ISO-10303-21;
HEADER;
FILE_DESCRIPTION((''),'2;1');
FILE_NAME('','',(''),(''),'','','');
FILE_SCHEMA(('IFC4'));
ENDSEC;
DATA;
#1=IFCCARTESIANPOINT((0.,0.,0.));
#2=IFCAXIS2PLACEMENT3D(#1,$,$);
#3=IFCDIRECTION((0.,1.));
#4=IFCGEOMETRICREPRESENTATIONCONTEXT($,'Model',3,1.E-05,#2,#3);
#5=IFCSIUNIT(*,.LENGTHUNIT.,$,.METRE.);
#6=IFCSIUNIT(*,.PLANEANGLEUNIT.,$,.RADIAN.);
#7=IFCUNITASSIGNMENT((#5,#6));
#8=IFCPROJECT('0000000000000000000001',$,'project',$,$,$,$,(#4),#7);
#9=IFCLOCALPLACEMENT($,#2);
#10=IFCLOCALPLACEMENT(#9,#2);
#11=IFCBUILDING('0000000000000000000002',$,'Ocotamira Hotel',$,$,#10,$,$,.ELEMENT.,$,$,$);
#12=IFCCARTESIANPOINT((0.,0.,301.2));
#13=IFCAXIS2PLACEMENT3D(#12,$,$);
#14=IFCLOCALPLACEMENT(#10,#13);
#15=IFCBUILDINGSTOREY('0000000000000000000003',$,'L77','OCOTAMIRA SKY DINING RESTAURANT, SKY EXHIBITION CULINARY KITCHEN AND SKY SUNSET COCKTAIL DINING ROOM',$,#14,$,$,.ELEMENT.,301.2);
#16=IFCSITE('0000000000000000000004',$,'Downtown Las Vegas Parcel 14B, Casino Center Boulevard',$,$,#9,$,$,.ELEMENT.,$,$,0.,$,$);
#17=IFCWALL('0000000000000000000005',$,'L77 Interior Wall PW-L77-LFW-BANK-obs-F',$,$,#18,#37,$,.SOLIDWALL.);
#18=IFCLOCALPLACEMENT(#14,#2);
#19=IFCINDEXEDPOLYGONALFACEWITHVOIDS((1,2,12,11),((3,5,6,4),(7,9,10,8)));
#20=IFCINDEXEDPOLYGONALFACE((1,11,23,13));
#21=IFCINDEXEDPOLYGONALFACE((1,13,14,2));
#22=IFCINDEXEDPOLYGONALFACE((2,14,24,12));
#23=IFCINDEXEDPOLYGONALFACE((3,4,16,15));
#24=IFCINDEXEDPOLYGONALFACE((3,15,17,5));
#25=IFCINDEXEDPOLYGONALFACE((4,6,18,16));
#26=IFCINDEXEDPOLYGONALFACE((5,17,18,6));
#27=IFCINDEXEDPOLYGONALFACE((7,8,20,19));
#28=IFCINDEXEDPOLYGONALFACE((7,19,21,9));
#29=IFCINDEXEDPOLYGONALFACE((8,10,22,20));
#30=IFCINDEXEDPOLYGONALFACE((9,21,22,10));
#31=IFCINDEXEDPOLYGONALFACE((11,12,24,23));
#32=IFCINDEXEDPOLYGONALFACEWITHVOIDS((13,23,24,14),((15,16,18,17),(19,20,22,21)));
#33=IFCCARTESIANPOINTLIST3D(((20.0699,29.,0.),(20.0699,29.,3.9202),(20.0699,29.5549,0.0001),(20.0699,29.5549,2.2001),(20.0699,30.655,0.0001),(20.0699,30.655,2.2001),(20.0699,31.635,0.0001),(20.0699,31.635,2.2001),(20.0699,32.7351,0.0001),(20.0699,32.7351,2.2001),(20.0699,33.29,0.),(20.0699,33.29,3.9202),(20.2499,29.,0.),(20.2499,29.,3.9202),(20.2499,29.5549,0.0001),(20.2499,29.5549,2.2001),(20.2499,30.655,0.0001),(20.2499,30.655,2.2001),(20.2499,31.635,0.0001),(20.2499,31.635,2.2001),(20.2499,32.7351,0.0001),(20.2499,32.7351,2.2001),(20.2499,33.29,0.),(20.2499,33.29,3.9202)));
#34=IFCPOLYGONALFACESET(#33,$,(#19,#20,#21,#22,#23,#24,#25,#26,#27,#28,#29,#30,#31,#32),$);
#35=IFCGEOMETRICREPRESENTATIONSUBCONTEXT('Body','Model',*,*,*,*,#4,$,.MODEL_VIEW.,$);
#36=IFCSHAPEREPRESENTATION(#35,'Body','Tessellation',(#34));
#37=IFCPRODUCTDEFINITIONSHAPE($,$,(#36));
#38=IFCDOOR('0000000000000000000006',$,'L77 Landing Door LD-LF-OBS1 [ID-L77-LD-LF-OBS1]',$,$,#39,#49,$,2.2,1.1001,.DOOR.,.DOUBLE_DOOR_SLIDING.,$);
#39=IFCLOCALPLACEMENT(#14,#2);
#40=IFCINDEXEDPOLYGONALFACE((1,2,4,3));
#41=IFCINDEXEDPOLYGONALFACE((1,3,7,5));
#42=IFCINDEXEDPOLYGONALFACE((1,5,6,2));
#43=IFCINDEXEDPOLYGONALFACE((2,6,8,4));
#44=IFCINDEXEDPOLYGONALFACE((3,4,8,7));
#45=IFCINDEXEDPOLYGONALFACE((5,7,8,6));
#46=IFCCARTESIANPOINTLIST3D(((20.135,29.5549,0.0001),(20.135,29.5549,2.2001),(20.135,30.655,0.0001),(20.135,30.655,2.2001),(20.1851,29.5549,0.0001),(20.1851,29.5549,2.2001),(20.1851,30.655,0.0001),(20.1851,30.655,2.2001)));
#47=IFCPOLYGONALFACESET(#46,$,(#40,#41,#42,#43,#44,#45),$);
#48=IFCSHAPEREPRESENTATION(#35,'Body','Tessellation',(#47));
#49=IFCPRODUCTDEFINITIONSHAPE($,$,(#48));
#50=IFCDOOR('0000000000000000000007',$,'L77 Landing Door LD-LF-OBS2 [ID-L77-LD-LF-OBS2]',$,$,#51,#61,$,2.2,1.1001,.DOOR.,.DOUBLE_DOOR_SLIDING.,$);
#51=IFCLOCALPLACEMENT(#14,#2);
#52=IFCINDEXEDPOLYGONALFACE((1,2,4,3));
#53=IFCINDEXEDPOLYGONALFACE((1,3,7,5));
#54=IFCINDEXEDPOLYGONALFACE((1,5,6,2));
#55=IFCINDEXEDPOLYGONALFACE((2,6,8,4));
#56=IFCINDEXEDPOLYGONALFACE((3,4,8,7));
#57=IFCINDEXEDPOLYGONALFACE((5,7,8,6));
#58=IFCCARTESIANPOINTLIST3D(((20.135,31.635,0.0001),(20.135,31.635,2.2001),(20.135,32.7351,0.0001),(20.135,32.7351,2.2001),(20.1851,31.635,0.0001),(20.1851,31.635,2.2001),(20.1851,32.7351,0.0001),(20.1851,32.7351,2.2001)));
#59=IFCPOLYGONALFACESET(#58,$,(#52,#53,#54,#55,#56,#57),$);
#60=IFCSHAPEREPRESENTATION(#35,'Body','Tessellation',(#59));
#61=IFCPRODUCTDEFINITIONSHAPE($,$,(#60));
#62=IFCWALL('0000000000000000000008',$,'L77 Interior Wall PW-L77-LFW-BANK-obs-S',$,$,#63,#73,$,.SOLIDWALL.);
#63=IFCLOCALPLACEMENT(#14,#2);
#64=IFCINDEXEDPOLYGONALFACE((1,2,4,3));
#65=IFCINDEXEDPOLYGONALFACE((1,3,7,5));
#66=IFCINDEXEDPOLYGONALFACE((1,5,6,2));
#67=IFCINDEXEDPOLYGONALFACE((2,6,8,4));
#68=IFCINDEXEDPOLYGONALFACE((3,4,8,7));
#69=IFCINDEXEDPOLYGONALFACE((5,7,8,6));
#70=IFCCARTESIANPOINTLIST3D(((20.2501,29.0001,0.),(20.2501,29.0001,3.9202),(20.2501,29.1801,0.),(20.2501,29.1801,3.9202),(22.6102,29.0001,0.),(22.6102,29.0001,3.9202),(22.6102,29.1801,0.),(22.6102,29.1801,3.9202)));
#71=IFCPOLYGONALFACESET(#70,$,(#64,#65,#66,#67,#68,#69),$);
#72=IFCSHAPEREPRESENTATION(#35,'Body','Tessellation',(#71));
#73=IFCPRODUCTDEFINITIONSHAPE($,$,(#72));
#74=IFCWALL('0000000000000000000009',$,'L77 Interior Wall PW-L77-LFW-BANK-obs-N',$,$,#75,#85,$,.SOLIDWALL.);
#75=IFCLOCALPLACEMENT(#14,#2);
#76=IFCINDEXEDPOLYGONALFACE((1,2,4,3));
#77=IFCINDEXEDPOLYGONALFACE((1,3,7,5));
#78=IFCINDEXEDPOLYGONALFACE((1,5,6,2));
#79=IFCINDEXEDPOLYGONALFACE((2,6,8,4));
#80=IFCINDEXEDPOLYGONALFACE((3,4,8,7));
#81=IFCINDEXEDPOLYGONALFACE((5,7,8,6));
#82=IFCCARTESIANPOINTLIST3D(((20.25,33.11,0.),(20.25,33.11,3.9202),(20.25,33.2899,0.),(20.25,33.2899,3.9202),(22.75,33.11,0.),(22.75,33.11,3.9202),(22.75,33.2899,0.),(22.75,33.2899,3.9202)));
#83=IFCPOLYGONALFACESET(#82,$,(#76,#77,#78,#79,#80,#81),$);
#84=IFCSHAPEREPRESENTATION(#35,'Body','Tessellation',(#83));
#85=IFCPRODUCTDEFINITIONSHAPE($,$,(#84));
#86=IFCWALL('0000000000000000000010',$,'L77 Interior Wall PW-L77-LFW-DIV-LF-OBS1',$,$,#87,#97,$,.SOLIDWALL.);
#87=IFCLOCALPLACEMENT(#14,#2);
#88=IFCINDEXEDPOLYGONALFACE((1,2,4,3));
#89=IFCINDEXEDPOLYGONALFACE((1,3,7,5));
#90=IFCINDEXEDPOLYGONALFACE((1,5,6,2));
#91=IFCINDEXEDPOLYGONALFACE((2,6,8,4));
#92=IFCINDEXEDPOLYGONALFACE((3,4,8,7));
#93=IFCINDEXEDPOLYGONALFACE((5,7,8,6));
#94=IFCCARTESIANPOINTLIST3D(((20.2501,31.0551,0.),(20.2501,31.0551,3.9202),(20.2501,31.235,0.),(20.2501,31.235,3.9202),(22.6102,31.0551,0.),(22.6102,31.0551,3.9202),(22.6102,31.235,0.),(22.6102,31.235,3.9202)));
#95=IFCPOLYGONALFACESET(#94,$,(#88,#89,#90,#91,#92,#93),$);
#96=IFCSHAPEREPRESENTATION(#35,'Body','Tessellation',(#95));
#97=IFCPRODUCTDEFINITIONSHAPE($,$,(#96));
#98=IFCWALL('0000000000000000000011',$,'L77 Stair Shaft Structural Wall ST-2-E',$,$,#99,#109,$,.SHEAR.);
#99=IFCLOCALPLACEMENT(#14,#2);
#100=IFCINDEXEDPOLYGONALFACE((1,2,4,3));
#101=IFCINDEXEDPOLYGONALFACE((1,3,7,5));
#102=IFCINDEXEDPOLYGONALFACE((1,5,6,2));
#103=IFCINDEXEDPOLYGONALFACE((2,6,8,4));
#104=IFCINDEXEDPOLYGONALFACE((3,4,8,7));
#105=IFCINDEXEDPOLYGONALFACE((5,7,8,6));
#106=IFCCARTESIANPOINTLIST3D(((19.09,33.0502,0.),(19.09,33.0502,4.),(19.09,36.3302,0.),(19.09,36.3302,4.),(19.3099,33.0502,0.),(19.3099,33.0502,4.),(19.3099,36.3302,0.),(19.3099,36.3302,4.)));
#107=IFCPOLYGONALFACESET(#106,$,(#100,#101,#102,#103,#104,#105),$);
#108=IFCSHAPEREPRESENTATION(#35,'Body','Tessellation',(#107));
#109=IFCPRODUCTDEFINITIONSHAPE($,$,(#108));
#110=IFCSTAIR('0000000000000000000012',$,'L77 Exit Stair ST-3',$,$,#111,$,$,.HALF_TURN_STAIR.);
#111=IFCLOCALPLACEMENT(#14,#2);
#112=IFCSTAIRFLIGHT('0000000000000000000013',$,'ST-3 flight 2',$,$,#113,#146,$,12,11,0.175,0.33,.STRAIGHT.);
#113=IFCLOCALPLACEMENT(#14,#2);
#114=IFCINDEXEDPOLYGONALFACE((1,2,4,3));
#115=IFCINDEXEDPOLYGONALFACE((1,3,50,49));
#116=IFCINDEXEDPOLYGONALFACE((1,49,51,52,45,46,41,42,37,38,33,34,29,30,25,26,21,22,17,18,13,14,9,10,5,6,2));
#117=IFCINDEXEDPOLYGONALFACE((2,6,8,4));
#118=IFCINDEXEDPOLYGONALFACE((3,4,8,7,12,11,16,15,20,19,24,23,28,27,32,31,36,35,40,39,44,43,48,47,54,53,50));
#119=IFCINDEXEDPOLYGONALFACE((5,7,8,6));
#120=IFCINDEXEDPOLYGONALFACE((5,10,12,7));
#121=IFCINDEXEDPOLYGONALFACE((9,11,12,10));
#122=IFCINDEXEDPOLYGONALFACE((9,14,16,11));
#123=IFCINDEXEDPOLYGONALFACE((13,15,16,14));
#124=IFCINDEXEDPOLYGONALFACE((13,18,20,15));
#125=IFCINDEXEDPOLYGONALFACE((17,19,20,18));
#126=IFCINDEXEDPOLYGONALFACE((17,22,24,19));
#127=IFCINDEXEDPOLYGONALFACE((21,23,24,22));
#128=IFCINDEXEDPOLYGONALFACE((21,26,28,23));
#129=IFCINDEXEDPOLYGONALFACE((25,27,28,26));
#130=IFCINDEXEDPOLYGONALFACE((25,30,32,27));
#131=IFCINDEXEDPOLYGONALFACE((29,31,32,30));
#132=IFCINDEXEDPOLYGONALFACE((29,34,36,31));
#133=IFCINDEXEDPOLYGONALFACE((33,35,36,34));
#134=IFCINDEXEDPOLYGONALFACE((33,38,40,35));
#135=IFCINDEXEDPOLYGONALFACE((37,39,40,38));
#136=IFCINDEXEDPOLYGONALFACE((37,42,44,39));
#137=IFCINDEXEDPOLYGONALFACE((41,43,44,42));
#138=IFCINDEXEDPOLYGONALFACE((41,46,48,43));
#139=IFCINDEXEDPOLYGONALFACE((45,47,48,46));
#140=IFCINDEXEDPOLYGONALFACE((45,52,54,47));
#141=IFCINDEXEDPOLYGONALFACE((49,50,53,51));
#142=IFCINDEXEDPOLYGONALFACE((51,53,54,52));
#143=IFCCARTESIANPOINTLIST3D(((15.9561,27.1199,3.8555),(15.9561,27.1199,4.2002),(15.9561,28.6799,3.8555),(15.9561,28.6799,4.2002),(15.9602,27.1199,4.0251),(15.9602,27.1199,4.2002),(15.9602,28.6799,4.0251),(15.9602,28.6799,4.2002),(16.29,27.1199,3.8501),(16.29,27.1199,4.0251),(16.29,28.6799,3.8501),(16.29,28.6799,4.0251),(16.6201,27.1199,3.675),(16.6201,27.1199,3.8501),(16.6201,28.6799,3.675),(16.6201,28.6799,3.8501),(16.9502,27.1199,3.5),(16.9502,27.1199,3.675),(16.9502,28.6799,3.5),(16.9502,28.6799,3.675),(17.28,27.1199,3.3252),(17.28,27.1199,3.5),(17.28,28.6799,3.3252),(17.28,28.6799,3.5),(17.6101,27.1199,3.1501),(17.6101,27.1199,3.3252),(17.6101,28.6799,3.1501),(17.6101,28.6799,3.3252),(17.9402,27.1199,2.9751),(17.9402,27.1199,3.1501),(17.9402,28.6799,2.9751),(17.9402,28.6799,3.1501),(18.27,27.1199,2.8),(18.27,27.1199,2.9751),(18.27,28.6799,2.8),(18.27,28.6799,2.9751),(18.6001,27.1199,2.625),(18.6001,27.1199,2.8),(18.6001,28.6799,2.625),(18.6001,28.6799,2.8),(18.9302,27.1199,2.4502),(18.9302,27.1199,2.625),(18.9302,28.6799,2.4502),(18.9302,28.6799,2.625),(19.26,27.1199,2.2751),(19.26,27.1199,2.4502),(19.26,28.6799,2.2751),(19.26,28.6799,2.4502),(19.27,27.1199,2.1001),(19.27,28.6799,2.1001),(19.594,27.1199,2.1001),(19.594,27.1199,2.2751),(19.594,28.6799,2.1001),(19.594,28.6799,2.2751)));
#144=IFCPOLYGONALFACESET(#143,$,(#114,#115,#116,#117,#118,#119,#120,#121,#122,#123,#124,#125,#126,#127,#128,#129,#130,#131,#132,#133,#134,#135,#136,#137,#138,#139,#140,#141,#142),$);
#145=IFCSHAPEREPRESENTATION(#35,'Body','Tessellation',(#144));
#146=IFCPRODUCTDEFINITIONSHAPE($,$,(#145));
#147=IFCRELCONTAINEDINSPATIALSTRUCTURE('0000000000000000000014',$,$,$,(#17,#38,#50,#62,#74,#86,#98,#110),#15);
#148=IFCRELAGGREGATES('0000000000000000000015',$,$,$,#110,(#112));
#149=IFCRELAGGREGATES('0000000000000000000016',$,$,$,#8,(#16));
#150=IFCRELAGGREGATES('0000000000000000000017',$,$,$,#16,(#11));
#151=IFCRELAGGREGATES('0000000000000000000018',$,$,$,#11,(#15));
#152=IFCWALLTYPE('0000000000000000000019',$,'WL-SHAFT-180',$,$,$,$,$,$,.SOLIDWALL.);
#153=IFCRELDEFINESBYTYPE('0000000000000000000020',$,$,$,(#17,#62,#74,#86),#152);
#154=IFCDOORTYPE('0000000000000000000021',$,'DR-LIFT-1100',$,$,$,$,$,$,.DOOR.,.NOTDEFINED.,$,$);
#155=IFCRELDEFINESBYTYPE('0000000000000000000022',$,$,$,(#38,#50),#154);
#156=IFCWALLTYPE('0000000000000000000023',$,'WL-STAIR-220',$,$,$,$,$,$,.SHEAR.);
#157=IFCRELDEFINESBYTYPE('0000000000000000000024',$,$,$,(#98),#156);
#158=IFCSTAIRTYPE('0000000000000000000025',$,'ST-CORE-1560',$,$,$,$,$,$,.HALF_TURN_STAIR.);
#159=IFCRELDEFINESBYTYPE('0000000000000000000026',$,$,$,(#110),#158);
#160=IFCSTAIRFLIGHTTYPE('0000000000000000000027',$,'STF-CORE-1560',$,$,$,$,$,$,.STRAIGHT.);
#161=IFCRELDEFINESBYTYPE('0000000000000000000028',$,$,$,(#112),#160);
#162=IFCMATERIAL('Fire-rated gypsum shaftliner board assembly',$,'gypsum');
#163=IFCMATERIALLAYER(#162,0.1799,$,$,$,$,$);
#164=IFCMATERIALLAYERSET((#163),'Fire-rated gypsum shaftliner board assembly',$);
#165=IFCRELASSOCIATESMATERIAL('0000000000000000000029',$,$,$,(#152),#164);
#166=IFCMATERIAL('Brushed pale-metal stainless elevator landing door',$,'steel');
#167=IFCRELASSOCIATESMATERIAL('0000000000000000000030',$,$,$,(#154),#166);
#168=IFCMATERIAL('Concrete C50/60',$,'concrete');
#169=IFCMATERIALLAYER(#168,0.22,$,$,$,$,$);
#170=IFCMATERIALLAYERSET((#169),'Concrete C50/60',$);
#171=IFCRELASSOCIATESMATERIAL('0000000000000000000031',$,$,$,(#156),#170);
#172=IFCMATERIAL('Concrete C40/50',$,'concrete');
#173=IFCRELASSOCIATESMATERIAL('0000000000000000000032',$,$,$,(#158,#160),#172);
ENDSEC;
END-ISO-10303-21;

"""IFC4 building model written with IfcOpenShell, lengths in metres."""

from ifc_helpers import new_model, si_unit, direction, frame, frame_2d, origin, place, context, subcontext, project, spatial, polyline, rectangle, outline, extrude, source, transform, mapped, material, layer, layer_set, type_object, element, fill, aggregate, save


model = new_model("IFC4")

# Units and contexts
model_context = context("Model", 3, precision=1e-05, world=origin(), true_north=direction((0.0, 1.0)))
body_context = subcontext(model_context, "Body", "Model", "MODEL_VIEW")
ifc_project = project(units=[si_unit("LENGTHUNIT", "METRE"), si_unit("PLANEANGLEUNIT", "RADIAN")], contexts=[model_context])

# Site, building, storey
site_placement = place(None, origin())
site = spatial("IfcSite", under=ifc_project, at=site_placement, Name="Downtown Las Vegas Parcel 14B, Casino Center Boulevard", CompositionType="ELEMENT", RefElevation=0.0)
building_placement = place(site_placement, origin())
building = spatial("IfcBuilding", under=site, at=building_placement, Name="Ocotamira Hotel", CompositionType="ELEMENT")
storey_placement = place(building_placement, frame((0.0, 0.0, 301.2)))
storey = spatial("IfcBuildingStorey", under=building, at=storey_placement, Name="L77", Description="OCOTAMIRA SKY DINING RESTAURANT, SKY EXHIBITION CULINARY KITCHEN AND SKY SUNSET COCKTAIL DINING ROOM", CompositionType="ELEMENT", Elevation=301.2)

# Wall, openings, doors
ifc_material_1 = material(Name="Fire-rated gypsum shaftliner board assembly", Category="gypsum")
ifc_layer_1 = layer(ifc_material_1, 0.1799)
ifc_layer_set_1 = layer_set([ifc_layer_1], Name="Fire-rated gypsum shaftliner board assembly")
wall_type_1 = type_object("IfcWallType", Name="WL-SHAFT-180", PredefinedType="SOLIDWALL", material=ifc_layer_set_1)
wall_1_placement = place(storey_placement, frame((20.1599, 29.0, 0.0), z_axis=(0.0, 0.0, 1.0), x_axis=(0.0, 1.0, 0.0)))
wall_1 = element("IfcWall", 1, at=wall_1_placement, inside=storey, type_object=wall_type_1, Name="L77 Interior Wall PW-L77-LFW-BANK-obs-F", PredefinedType="SOLIDWALL", context=body_context, shape_type="SweptSolid", body=[
    extrude(rectangle(XDim=4.29, YDim=0.1799, at=frame_2d((2.145, 0.0))), origin(), (0.0, 0.0, 1.0), 3.9202),
])
opening_1_placement = place(wall_1_placement, frame((0.5549, 0.0, 0.0)))
opening_1 = element("IfcOpeningElement", 2, at=opening_1_placement, cuts=wall_1, PredefinedType="OPENING", context=body_context, shape_type="SweptSolid", body=[
    extrude(rectangle(XDim=1.1001, YDim=2.2, at=frame_2d((0.55, 1.1001))), frame((0.0, 0.1001, 0.0), z_axis=(0.0, -1.0, 0.0), x_axis=(1.0, 0.0, 0.0)), (0.0, 0.0, 1.0), 0.2),
])
opening_2_placement = place(wall_1_placement, frame((2.635, 0.0, 0.0)))
opening_2 = element("IfcOpeningElement", 3, at=opening_2_placement, cuts=wall_1, PredefinedType="OPENING", context=body_context, shape_type="SweptSolid", body=[
    extrude(rectangle(XDim=1.1001, YDim=2.2, at=frame_2d((0.55, 1.1001))), frame((0.0, 0.1001, 0.0), z_axis=(0.0, -1.0, 0.0), x_axis=(1.0, 0.0, 0.0)), (0.0, 0.0, 1.0), 0.2),
])
ifc_material_2 = material(Name="Brushed pale-metal stainless elevator landing door", Category="steel")
door_type_1 = type_object("IfcDoorType", Name="DR-LIFT-1100", OperationType="NOTDEFINED", PredefinedType="DOOR", material=ifc_material_2)
shared_shape_1 = source(origin(), body_context, "Body", "SweptSolid", [
    extrude(rectangle(XDim=1.1001, YDim=2.2, at=frame_2d((0.55, 1.1001))), frame((0.0, 0.0249, 0.0), z_axis=(0.0, -1.0, 0.0), x_axis=(1.0, 0.0, 0.0)), (0.0, 0.0, 1.0), 0.05),
])
door_1_placement = place(opening_1_placement, origin())
door_1 = element("IfcDoor", 4, at=door_1_placement, inside=storey, type_object=door_type_1, Name="L77 Landing Door LD-LF-OBS1 [ID-L77-LD-LF-OBS1]", OperationType="DOUBLE_DOOR_SLIDING", OverallHeight=2.2, OverallWidth=1.1001, PredefinedType="DOOR", context=body_context, shape_type="MappedRepresentation", body=[
    mapped(shared_shape_1, transform((0.0, 0.0, 0.0), scale=1.0)),
])
fill(opening_1, door_1)
door_2_placement = place(opening_2_placement, origin())
door_2 = element("IfcDoor", 5, at=door_2_placement, inside=storey, type_object=door_type_1, Name="L77 Landing Door LD-LF-OBS2 [ID-L77-LD-LF-OBS2]", OperationType="DOUBLE_DOOR_SLIDING", OverallHeight=2.2, OverallWidth=1.1001, PredefinedType="DOOR", context=body_context, shape_type="MappedRepresentation", body=[
    mapped(shared_shape_1, transform((0.0, 0.0, 0.0), scale=1.0)),
])
fill(opening_2, door_2)

# Walls
wall_2_placement = place(storey_placement, frame((20.25, 29.0901, 0.0), z_axis=(0.0, 0.0, 1.0), x_axis=(1.0, 0.0, 0.0)))
element("IfcWall", 6, at=wall_2_placement, inside=storey, type_object=wall_type_1, Name="L77 Interior Wall PW-L77-LFW-BANK-obs-S", PredefinedType="SOLIDWALL", context=body_context, shape_type="SweptSolid", body=[
    extrude(rectangle(XDim=2.3601, YDim=0.1799, at=frame_2d((1.1802, 0.0))), origin(), (0.0, 0.0, 1.0), 3.9202),
])
wall_3_placement = place(storey_placement, frame((20.25, 33.2, 0.0), z_axis=(0.0, 0.0, 1.0), x_axis=(1.0, 0.0, 0.0)))
element("IfcWall", 7, at=wall_3_placement, inside=storey, type_object=wall_type_1, Name="L77 Interior Wall PW-L77-LFW-BANK-obs-N", PredefinedType="SOLIDWALL", context=body_context, shape_type="SweptSolid", body=[
    extrude(rectangle(XDim=2.5, YDim=0.1799, at=frame_2d((1.25, 0.0))), origin(), (0.0, 0.0, 1.0), 3.9202),
])
wall_4_placement = place(storey_placement, frame((20.25, 31.145, 0.0), z_axis=(0.0, 0.0, 1.0), x_axis=(1.0, 0.0, 0.0)))
element("IfcWall", 8, at=wall_4_placement, inside=storey, type_object=wall_type_1, Name="L77 Interior Wall PW-L77-LFW-DIV-LF-OBS1", PredefinedType="SOLIDWALL", context=body_context, shape_type="SweptSolid", body=[
    extrude(rectangle(XDim=2.3601, YDim=0.1799, at=frame_2d((1.1802, 0.0))), origin(), (0.0, 0.0, 1.0), 3.9202),
])
ifc_material_3 = material(Name="Concrete C50/60", Category="concrete")
ifc_layer_2 = layer(ifc_material_3, 0.22)
ifc_layer_set_2 = layer_set([ifc_layer_2], Name="Concrete C50/60")
wall_type_2 = type_object("IfcWallType", Name="WL-STAIR-220", PredefinedType="SHEAR", material=ifc_layer_set_2)
wall_5_placement = place(storey_placement, frame((19.2, 33.05, 0.0), z_axis=(0.0, 0.0, 1.0), x_axis=(0.0, 1.0, 0.0)))
element("IfcWall", 9, at=wall_5_placement, inside=storey, type_object=wall_type_2, Name="L77 Stair Shaft Structural Wall ST-2-E", PredefinedType="SHEAR", context=body_context, shape_type="SweptSolid", body=[
    extrude(rectangle(XDim=3.28, YDim=0.22, at=frame_2d((1.6401, 0.0))), origin(), (0.0, 0.0, 1.0), 4.0),
])

# Stair, stair flight
ifc_material_4 = material(Name="Concrete C40/50", Category="concrete")
stair_type = type_object("IfcStairType", Name="ST-CORE-1560", PredefinedType="HALF_TURN_STAIR", material=ifc_material_4)
stair_placement = place(storey_placement, origin())
stair = element("IfcStair", 10, at=stair_placement, inside=storey, type_object=stair_type, Name="L77 Exit Stair ST-3", PredefinedType="HALF_TURN_STAIR")
stair_flight_type = type_object("IfcStairFlightType", Name="STF-CORE-1560", PredefinedType="STRAIGHT", material=ifc_material_4)
shared_shape_2 = source(origin(), body_context, "Body", "SweptSolid", [
    extrude(outline(polyline([(-0.0039, 0.0), (-0.0039, 0.175), (0.3301, 0.175), (0.3301, 0.3501), (0.6599, 0.3501), (0.6599, 0.5249), (0.99, 0.5249), (0.99, 0.7), (1.3201, 0.7), (1.3201, 0.875), (1.6499, 0.875), (1.6499, 1.05), (1.98, 1.05), (1.98, 1.2251), (2.3101, 1.2251), (2.3101, 1.3999), (2.6399, 1.3999), (2.6399, 1.575), (2.97, 1.575), (2.97, 1.75), (3.3, 1.75), (3.3, 1.925), (3.6299, 1.925), (3.6299, 2.1001), (3.634, 2.1001), (3.634, 1.7554), (0.3201, 0.0), (-0.0039, 0.0)])), frame((0.0, 0.78, 0.0), z_axis=(0.0, -1.0, 0.0), x_axis=(1.0, 0.0, 0.0)), (0.0, 0.0, 1.0), 1.5601),
])
stair_flight_placement = place(storey_placement, frame((19.5901, 27.8999, 2.1001), z_axis=(0.0, 0.0, 1.0), x_axis=(-1.0, 0.0, 0.0)))
stair_flight = element("IfcStairFlight", 11, at=stair_flight_placement, type_object=stair_flight_type, Name="ST-3 flight 2", NumberOfRisers=12, NumberOfTreads=11, PredefinedType="STRAIGHT", RiserHeight=0.175, TreadLength=0.33, context=body_context, shape_type="MappedRepresentation", body=[
    mapped(shared_shape_2, transform((0.0, 0.0, 0.0), scale=1.0)),
])
aggregate(stair, [stair_flight])

save(model, "model.ifc")
